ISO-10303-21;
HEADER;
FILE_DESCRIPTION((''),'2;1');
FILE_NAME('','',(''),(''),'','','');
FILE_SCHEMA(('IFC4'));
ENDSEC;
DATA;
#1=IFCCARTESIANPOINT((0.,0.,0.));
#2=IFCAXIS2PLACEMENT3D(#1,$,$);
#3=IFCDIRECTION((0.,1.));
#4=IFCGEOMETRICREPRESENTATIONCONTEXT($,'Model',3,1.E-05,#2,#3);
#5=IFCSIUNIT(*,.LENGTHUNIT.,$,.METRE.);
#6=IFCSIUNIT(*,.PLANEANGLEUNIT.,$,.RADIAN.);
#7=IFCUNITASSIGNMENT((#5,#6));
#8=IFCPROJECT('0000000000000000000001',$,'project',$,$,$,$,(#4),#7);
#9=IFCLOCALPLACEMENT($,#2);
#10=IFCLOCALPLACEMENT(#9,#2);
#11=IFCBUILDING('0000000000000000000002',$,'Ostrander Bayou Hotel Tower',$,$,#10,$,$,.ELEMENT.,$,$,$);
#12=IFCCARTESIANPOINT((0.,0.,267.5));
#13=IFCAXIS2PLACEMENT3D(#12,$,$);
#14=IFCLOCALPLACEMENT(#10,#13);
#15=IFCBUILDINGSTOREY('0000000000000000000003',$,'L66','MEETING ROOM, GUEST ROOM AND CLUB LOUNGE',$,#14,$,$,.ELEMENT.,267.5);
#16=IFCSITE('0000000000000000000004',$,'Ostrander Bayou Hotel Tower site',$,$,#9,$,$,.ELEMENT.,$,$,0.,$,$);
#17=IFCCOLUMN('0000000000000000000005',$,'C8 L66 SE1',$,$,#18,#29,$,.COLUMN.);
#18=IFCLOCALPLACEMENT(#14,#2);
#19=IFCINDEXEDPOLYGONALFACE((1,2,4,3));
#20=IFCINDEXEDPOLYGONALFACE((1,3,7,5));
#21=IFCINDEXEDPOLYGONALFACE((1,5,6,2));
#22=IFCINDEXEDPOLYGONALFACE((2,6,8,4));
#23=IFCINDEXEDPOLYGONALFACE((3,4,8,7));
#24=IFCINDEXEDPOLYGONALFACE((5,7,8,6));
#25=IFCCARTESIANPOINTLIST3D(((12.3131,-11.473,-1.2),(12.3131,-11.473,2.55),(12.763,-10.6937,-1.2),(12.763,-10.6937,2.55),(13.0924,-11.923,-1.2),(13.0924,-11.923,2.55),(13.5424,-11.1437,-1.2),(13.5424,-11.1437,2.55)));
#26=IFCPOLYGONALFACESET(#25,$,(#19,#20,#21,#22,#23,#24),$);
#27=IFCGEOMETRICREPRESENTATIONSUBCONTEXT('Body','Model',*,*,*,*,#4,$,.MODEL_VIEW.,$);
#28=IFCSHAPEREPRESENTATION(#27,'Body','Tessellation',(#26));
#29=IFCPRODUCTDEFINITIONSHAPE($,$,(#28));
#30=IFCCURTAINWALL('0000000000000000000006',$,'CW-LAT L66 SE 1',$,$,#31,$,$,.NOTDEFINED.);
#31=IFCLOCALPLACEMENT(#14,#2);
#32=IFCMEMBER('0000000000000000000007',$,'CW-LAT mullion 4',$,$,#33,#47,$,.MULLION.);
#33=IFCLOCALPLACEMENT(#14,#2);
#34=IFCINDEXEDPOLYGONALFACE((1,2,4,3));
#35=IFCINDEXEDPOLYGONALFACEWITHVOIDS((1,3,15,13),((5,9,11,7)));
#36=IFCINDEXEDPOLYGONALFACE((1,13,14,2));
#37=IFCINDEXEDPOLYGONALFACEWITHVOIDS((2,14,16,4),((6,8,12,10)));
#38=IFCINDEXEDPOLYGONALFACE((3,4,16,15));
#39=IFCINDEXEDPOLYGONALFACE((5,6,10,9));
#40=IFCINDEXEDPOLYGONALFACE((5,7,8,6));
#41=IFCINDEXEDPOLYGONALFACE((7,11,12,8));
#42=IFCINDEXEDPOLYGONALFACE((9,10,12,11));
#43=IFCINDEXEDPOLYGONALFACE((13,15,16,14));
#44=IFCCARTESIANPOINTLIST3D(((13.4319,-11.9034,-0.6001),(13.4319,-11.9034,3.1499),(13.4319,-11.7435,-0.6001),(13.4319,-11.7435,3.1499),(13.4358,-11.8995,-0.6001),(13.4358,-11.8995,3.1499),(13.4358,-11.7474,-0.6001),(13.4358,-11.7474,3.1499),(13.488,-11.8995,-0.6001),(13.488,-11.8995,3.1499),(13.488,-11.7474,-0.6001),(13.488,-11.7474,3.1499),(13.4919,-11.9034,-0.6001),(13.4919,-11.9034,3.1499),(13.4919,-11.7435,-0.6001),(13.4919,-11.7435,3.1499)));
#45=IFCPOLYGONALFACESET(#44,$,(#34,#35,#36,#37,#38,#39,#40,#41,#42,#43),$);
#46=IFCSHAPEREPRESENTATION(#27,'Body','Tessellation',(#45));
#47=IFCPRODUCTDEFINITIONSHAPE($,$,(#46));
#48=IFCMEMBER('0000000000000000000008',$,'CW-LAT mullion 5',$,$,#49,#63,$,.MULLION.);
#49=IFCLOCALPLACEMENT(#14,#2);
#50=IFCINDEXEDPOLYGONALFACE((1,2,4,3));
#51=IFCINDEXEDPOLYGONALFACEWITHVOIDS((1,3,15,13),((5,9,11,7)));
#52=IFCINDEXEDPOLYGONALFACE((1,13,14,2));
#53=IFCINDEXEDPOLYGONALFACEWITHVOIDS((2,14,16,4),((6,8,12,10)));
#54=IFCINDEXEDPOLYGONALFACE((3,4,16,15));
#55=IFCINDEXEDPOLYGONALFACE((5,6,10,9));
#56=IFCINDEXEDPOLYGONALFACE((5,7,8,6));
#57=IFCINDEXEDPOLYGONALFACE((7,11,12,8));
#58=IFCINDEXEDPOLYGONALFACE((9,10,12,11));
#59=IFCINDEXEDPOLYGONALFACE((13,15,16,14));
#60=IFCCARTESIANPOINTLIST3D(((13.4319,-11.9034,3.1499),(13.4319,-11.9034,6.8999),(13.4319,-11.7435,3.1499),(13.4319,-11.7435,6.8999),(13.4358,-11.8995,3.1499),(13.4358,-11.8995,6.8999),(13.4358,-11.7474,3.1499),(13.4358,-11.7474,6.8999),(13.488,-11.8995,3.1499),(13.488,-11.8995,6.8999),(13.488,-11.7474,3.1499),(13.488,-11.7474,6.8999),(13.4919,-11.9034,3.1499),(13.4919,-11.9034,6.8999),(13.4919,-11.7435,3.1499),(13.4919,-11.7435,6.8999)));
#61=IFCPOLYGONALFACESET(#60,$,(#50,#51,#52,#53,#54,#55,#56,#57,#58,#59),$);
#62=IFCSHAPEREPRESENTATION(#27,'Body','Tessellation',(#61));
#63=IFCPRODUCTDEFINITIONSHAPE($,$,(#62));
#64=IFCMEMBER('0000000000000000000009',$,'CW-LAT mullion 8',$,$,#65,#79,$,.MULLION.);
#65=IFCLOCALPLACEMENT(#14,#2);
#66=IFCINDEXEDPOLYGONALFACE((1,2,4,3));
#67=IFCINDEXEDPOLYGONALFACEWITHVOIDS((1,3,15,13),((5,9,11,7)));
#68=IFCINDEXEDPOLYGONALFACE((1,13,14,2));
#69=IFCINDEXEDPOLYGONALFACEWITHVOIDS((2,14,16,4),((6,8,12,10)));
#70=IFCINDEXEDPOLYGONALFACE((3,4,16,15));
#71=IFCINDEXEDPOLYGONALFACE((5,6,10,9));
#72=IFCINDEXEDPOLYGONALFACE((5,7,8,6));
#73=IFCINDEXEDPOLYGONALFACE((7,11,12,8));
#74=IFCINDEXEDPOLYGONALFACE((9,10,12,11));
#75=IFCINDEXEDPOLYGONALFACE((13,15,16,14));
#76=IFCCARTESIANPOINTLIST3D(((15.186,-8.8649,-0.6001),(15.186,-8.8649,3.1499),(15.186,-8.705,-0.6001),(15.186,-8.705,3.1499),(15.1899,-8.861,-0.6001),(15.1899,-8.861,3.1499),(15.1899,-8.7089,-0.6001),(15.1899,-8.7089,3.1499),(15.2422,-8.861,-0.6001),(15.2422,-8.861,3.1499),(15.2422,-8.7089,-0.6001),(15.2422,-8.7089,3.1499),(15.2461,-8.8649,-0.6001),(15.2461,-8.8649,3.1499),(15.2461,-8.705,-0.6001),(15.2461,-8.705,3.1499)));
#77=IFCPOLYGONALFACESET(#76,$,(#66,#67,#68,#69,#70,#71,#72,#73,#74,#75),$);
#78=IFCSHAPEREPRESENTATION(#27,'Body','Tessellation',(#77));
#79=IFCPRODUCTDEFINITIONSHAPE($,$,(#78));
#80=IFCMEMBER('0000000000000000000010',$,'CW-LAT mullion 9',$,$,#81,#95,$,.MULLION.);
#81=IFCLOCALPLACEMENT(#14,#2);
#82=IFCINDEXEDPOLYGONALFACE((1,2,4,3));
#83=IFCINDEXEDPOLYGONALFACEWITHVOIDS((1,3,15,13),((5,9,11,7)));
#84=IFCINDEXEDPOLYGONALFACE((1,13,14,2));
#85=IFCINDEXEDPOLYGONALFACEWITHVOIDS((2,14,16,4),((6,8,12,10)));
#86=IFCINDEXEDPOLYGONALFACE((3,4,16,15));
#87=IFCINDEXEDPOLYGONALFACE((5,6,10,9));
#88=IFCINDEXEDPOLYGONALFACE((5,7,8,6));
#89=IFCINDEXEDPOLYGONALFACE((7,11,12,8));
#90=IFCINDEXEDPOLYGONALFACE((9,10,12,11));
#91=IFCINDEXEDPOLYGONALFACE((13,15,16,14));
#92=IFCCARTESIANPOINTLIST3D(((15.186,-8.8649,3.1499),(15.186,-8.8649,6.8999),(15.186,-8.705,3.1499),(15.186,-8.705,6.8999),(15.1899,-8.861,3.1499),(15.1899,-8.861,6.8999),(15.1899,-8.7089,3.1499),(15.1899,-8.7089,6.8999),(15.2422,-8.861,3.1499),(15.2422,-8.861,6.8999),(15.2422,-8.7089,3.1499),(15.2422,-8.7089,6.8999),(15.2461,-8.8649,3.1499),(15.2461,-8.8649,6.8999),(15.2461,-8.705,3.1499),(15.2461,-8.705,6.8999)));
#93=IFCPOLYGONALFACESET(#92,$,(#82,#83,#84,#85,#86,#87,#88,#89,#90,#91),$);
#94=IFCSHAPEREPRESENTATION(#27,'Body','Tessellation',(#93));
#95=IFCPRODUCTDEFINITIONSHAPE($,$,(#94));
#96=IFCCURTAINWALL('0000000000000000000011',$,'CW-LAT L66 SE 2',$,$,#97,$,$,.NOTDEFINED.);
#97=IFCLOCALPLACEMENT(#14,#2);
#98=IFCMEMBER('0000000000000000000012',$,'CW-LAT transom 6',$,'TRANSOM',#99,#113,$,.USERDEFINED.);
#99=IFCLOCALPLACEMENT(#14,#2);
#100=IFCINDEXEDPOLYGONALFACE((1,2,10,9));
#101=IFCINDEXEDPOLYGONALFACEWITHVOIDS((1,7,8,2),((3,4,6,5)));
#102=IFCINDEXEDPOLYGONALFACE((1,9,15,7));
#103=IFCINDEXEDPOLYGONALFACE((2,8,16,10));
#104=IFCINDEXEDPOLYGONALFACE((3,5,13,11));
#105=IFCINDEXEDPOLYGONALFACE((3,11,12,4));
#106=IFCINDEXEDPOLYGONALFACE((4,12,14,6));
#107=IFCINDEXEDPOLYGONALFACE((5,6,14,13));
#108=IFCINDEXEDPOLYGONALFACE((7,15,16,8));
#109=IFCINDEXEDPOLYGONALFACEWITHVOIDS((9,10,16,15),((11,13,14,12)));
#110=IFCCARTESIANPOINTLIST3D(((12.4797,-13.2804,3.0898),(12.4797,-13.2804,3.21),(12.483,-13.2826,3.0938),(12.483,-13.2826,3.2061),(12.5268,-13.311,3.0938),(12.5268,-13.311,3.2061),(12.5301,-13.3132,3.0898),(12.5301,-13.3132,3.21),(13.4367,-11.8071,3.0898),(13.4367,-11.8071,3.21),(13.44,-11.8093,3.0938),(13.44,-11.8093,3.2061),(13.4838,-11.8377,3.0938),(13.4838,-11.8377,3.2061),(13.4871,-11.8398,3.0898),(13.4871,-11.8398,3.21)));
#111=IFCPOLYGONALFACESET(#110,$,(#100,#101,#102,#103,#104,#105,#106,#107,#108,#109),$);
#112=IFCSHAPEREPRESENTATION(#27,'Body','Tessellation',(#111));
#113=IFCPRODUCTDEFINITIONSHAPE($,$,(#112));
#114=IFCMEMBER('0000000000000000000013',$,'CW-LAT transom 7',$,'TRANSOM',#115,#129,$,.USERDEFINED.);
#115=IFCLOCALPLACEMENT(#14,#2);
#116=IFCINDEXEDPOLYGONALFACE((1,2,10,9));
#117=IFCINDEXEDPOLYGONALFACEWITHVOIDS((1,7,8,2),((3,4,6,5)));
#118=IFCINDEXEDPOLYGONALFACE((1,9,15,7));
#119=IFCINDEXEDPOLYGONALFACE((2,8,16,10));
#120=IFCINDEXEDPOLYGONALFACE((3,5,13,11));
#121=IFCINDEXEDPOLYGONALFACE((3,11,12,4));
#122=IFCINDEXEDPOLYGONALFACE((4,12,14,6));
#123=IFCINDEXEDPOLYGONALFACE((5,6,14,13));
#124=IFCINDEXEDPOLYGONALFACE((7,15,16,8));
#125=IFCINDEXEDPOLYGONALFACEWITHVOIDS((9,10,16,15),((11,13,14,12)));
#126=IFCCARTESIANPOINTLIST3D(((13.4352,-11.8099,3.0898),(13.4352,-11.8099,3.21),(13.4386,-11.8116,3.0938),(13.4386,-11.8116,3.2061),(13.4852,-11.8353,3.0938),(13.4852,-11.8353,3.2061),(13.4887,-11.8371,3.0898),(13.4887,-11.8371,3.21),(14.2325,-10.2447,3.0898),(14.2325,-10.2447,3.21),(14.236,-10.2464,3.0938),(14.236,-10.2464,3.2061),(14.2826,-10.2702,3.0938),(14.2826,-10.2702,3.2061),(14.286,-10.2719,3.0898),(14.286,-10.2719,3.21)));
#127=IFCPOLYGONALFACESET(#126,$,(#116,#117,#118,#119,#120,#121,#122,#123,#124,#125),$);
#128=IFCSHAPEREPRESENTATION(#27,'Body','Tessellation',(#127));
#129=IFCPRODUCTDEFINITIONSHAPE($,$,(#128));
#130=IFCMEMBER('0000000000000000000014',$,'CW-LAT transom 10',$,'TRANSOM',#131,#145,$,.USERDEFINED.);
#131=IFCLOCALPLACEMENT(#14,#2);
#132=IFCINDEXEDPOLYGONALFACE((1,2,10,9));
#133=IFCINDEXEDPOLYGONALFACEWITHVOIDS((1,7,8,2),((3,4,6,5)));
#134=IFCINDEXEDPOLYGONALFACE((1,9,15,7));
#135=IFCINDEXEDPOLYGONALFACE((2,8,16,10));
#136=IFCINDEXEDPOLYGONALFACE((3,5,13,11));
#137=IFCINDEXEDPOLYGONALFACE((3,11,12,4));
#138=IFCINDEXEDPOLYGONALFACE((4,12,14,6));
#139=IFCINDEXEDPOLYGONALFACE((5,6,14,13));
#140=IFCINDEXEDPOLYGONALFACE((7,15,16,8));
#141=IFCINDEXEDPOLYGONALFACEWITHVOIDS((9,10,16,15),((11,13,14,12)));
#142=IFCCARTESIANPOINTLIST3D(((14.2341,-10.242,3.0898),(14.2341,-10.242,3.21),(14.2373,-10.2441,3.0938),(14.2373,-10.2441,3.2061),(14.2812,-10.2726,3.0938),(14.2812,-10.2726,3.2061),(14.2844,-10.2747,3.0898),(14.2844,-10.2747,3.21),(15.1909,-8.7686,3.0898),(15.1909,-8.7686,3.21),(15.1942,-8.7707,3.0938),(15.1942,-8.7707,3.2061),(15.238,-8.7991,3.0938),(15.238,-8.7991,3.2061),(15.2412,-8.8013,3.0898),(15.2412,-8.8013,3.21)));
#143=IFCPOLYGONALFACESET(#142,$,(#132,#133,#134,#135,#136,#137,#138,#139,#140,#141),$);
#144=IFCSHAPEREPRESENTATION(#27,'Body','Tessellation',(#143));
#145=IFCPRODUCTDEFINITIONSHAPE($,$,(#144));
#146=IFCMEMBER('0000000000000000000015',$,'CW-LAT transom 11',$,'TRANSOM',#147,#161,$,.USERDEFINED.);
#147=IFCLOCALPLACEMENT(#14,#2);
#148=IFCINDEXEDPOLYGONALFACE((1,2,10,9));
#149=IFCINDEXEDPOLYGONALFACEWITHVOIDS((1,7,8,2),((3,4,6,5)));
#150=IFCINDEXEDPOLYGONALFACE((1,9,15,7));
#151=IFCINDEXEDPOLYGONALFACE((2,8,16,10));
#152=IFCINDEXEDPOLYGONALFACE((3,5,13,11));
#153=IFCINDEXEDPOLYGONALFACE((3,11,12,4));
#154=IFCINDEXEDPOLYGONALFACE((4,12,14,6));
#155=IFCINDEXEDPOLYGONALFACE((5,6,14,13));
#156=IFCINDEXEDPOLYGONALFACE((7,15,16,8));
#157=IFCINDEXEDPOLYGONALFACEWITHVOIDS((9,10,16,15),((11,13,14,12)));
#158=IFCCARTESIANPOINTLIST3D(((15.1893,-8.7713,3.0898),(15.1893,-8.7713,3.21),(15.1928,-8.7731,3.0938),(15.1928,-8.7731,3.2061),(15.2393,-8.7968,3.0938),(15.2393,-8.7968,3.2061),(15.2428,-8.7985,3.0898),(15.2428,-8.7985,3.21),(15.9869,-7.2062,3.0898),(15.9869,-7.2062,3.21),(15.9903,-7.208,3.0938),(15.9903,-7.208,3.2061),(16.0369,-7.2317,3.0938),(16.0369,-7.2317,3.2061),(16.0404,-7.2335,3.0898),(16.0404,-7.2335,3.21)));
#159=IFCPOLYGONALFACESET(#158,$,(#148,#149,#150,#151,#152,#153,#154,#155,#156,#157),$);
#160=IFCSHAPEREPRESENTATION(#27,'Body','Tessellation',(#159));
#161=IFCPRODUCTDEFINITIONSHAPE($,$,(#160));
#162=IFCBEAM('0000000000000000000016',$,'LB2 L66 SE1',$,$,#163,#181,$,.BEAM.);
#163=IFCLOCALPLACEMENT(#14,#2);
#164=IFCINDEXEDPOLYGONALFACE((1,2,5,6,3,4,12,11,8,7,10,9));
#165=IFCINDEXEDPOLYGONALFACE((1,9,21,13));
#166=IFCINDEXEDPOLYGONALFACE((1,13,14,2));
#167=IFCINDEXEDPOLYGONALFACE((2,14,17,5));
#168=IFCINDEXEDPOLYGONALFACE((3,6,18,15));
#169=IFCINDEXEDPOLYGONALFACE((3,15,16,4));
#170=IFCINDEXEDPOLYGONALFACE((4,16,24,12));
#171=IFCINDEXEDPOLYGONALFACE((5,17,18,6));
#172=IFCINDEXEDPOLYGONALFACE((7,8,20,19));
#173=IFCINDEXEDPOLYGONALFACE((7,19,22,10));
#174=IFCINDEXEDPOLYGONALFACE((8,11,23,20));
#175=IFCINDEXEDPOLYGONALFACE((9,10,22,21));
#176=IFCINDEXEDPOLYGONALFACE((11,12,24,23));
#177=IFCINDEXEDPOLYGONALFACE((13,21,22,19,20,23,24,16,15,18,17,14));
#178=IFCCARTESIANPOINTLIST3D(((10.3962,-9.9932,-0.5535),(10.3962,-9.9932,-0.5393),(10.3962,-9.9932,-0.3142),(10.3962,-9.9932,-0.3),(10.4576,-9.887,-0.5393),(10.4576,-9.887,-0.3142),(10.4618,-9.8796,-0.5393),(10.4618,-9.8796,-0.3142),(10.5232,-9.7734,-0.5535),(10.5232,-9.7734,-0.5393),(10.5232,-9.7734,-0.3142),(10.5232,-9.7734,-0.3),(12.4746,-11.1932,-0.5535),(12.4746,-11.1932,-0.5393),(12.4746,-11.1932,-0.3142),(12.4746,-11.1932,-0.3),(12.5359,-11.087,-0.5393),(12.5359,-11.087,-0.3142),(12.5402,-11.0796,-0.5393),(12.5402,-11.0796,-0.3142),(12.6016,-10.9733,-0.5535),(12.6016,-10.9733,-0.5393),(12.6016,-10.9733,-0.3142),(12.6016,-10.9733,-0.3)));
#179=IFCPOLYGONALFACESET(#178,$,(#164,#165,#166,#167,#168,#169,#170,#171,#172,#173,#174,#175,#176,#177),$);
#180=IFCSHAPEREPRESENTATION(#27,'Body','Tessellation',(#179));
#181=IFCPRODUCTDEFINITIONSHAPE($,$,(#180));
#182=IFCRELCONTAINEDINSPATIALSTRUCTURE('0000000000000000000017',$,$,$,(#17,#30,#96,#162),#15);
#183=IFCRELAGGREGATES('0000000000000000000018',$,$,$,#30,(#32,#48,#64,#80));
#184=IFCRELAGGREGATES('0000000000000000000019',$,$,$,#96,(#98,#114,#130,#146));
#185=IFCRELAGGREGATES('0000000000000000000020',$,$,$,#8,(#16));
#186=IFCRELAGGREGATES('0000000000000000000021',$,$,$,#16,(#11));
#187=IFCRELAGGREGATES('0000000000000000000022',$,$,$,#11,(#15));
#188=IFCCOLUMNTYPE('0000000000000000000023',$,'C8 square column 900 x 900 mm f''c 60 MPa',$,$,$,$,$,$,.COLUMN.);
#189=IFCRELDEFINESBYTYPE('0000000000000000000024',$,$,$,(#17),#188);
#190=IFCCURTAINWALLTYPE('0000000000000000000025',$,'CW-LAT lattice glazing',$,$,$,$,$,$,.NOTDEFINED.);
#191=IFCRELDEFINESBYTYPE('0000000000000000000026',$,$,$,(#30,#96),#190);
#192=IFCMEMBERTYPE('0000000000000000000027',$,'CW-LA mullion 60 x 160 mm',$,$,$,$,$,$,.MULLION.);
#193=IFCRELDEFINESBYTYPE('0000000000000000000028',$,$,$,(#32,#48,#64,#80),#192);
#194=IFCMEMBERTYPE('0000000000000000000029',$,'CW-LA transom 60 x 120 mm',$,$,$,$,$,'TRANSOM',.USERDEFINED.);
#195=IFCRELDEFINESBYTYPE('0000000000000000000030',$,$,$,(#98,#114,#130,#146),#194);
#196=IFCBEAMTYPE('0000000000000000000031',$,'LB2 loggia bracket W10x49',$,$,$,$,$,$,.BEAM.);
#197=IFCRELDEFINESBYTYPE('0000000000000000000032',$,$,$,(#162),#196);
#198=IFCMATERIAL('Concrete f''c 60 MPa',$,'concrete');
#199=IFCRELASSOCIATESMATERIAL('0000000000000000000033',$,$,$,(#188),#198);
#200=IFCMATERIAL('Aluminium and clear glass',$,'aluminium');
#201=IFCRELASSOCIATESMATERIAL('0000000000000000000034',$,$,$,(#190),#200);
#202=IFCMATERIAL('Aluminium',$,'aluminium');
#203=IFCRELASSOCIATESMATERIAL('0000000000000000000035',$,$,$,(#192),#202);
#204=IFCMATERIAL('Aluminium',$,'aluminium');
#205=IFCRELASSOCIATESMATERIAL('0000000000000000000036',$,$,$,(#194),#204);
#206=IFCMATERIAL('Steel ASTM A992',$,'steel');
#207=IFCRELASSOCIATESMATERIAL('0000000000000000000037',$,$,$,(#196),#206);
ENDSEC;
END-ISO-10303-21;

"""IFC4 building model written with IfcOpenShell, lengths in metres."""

from ifc_helpers import new_model, si_unit, direction, frame, origin, origin_2d, place, context, subcontext, project, spatial, rectangle, hollow_rectangle, i_section, extrude, material, material_profile, profile_set, type_object, element, aggregate, save


model = new_model("IFC4")

# Units and contexts
model_context = context("Model", 3, precision=1e-05, world=origin(), true_north=direction((0.0, 1.0)))
body_context = subcontext(model_context, "Body", "Model", "MODEL_VIEW")
ifc_project = project(units=[si_unit("LENGTHUNIT", "METRE"), si_unit("PLANEANGLEUNIT", "RADIAN")], contexts=[model_context])

# Site, building, storey
site_placement = place(None, origin())
site = spatial("IfcSite", under=ifc_project, at=site_placement, Name="Ostrander Bayou Hotel Tower site", CompositionType="ELEMENT", RefElevation=0.0)
building_placement = place(site_placement, origin())
building = spatial("IfcBuilding", under=site, at=building_placement, Name="Ostrander Bayou Hotel Tower", CompositionType="ELEMENT")
storey_placement = place(building_placement, frame((0.0, 0.0, 267.5)))
storey = spatial("IfcBuildingStorey", under=building, at=storey_placement, Name="L66", Description="MEETING ROOM, GUEST ROOM AND CLUB LOUNGE", CompositionType="ELEMENT", Elevation=267.5)

# Column
ifc_material_1 = material(Name="Concrete f'c 60 MPa", Category="concrete")
ifc_material_profile_1 = material_profile(ifc_material_1, rectangle(XDim=0.8999, YDim=0.8999, at=origin_2d()))
ifc_profile_set_1 = profile_set([ifc_material_profile_1], Name="Concrete f'c 60 MPa")
column_type = type_object("IfcColumnType", Name="C8 square column 900 x 900 mm f'c 60 MPa", PredefinedType="COLUMN", material=ifc_profile_set_1)
column_placement = place(storey_placement, frame((12.9277, -11.3083, -1.2), z_axis=(0.0, 0.0, 1.0), x_axis=(-0.5, -0.866025, 0.0)))
element("IfcColumn", 1, at=column_placement, inside=storey, type_object=column_type, Name="C8 L66 SE1", PredefinedType="COLUMN", context=body_context, shape_type="SweptSolid", body=[
    extrude(rectangle(XDim=0.8999, YDim=0.8999, at=origin_2d()), origin(), (0.0, 0.0, 1.0), 3.75),
])

# Curtain walls, members
ifc_material_2 = material(Name="Aluminium and clear glass", Category="aluminium")
curtain_wall_type = type_object("IfcCurtainWallType", Name="CW-LAT lattice glazing", PredefinedType="NOTDEFINED", material=ifc_material_2)
curtain_wall_1_placement = place(storey_placement, origin())
curtain_wall_1 = element("IfcCurtainWall", 2, at=curtain_wall_1_placement, inside=storey, type_object=curtain_wall_type, Name="CW-LAT L66 SE 1", PredefinedType="NOTDEFINED")
ifc_material_3 = material(Name="Aluminium", Category="aluminium")
ifc_material_profile_2 = material_profile(ifc_material_3, hollow_rectangle(XDim=0.0601, YDim=0.1599, WallThickness=0.0039, at=origin_2d()))
ifc_profile_set_2 = profile_set([ifc_material_profile_2], Name="Aluminium")
member_type_1 = type_object("IfcMemberType", Name="CW-LA mullion 60 x 160 mm", PredefinedType="MULLION", material=ifc_profile_set_2)
member_1_placement = place(storey_placement, frame((13.4619, -11.8235, -0.6001), z_axis=(0.0, 0.0, 1.0), x_axis=(1.0, 0.0, 0.0)))
member_1 = element("IfcMember", 3, at=member_1_placement, type_object=member_type_1, Name="CW-LAT mullion 4", PredefinedType="MULLION", context=body_context, shape_type="SweptSolid", body=[
    extrude(hollow_rectangle(XDim=0.0601, YDim=0.1599, WallThickness=0.0039, at=origin_2d()), origin(), (0.0, 0.0, 1.0), 3.75),
])
member_2_placement = place(storey_placement, frame((13.4619, -11.8235, 3.1499), z_axis=(0.0, 0.0, 1.0), x_axis=(1.0, 0.0, 0.0)))
member_2 = element("IfcMember", 4, at=member_2_placement, type_object=member_type_1, Name="CW-LAT mullion 5", PredefinedType="MULLION", context=body_context, shape_type="SweptSolid", body=[
    extrude(hollow_rectangle(XDim=0.0601, YDim=0.1599, WallThickness=0.0039, at=origin_2d()), origin(), (0.0, 0.0, 1.0), 3.75),
])
member_3_placement = place(storey_placement, frame((15.2161, -8.7849, -0.6001), z_axis=(0.0, 0.0, 1.0), x_axis=(1.0, 0.0, 0.0)))
member_3 = element("IfcMember", 5, at=member_3_placement, type_object=member_type_1, Name="CW-LAT mullion 8", PredefinedType="MULLION", context=body_context, shape_type="SweptSolid", body=[
    extrude(hollow_rectangle(XDim=0.0601, YDim=0.1599, WallThickness=0.0039, at=origin_2d()), origin(), (0.0, 0.0, 1.0), 3.75),
])
member_4_placement = place(storey_placement, frame((15.2161, -8.7849, 3.1499), z_axis=(0.0, 0.0, 1.0), x_axis=(1.0, 0.0, 0.0)))
member_4 = element("IfcMember", 6, at=member_4_placement, type_object=member_type_1, Name="CW-LAT mullion 9", PredefinedType="MULLION", context=body_context, shape_type="SweptSolid", body=[
    extrude(hollow_rectangle(XDim=0.0601, YDim=0.1599, WallThickness=0.0039, at=origin_2d()), origin(), (0.0, 0.0, 1.0), 3.75),
])
curtain_wall_2_placement = place(storey_placement, origin())
curtain_wall_2 = element("IfcCurtainWall", 7, at=curtain_wall_2_placement, inside=storey, type_object=curtain_wall_type, Name="CW-LAT L66 SE 2", PredefinedType="NOTDEFINED")
ifc_material_4 = material(Name="Aluminium", Category="aluminium")
ifc_material_profile_3 = material_profile(ifc_material_4, hollow_rectangle(XDim=0.0601, YDim=0.1201, WallThickness=0.0039, at=origin_2d()))
ifc_profile_set_3 = profile_set([ifc_material_profile_3], Name="Aluminium")
member_type_2 = type_object("IfcMemberType", Name="CW-LA transom 60 x 120 mm", ElementType="TRANSOM", PredefinedType="USERDEFINED", material=ifc_profile_set_3)
member_5_placement = place(storey_placement, frame((13.4619, -11.8235, 3.1499), z_axis=(-0.54472, -0.838618, 0.0), x_axis=(0.838618, -0.54472, 0.0)))
member_5 = element("IfcMember", 8, at=member_5_placement, type_object=member_type_2, Name="CW-LAT transom 6", ObjectType="TRANSOM", PredefinedType="USERDEFINED", context=body_context, shape_type="SweptSolid", body=[
    extrude(hollow_rectangle(XDim=0.0601, YDim=0.1201, WallThickness=0.0039, at=origin_2d()), origin(), (0.0, 0.0, 1.0), 1.7568),
])
member_6_placement = place(storey_placement, frame((13.4619, -11.8235, 3.1499), z_axis=(0.453928, 0.891038, 0.0), x_axis=(-0.891038, 0.453928, 0.0)))
member_6 = element("IfcMember", 9, at=member_6_placement, type_object=member_type_2, Name="CW-LAT transom 7", ObjectType="TRANSOM", PredefinedType="USERDEFINED", context=body_context, shape_type="SweptSolid", body=[
    extrude(hollow_rectangle(XDim=0.0601, YDim=0.1201, WallThickness=0.0039, at=origin_2d()), origin(), (0.0, 0.0, 1.0), 1.7566),
])
member_7_placement = place(storey_placement, frame((15.2161, -8.7849, 3.1499), z_axis=(-0.544622, -0.838682, 0.0), x_axis=(0.838682, -0.544622, 0.0)))
member_7 = element("IfcMember", 10, at=member_7_placement, type_object=member_type_2, Name="CW-LAT transom 10", ObjectType="TRANSOM", PredefinedType="USERDEFINED", context=body_context, shape_type="SweptSolid", body=[
    extrude(hollow_rectangle(XDim=0.0601, YDim=0.1201, WallThickness=0.0039, at=origin_2d()), origin(), (0.0, 0.0, 1.0), 1.7568),
])
member_8_placement = place(storey_placement, frame((15.2161, -8.7849, 3.1499), z_axis=(0.454038, 0.890982, 0.0), x_axis=(-0.890982, 0.454038, 0.0)))
member_8 = element("IfcMember", 11, at=member_8_placement, type_object=member_type_2, Name="CW-LAT transom 11", ObjectType="TRANSOM", PredefinedType="USERDEFINED", context=body_context, shape_type="SweptSolid", body=[
    extrude(hollow_rectangle(XDim=0.0601, YDim=0.1201, WallThickness=0.0039, at=origin_2d()), origin(), (0.0, 0.0, 1.0), 1.7566),
])

# Beam
ifc_material_5 = material(Name="Steel ASTM A992", Category="steel")
ifc_material_profile_4 = material_profile(ifc_material_5, i_section(OverallWidth=0.2539, OverallDepth=0.2534, WebThickness=0.0085, FlangeThickness=0.0142, at=origin_2d()))
ifc_profile_set_4 = profile_set([ifc_material_profile_4], Name="Steel ASTM A992")
beam_type_1 = type_object("IfcBeamType", Name="LB2 loggia bracket W10x49", PredefinedType="BEAM", material=ifc_profile_set_4)
beam_1_placement = place(storey_placement, frame((12.5381, -11.0833, -0.4268), z_axis=(-0.866025, 0.500001, 0.0), x_axis=(-0.500001, -0.866025, 0.0)))
element("IfcBeam", 12, at=beam_1_placement, inside=storey, type_object=beam_type_1, Name="LB2 L66 SE1", PredefinedType="BEAM", context=body_context, shape_type="SweptSolid", body=[
    extrude(i_section(OverallWidth=0.2539, OverallDepth=0.2534, WebThickness=0.0085, FlangeThickness=0.0142, at=origin_2d()), origin(), (0.0, 0.0, 1.0), 2.3999),
])

aggregate(curtain_wall_1, [member_1, member_2, member_3, member_4])
aggregate(curtain_wall_2, [member_5, member_6, member_7, member_8])

save(model, "model.ifc")
